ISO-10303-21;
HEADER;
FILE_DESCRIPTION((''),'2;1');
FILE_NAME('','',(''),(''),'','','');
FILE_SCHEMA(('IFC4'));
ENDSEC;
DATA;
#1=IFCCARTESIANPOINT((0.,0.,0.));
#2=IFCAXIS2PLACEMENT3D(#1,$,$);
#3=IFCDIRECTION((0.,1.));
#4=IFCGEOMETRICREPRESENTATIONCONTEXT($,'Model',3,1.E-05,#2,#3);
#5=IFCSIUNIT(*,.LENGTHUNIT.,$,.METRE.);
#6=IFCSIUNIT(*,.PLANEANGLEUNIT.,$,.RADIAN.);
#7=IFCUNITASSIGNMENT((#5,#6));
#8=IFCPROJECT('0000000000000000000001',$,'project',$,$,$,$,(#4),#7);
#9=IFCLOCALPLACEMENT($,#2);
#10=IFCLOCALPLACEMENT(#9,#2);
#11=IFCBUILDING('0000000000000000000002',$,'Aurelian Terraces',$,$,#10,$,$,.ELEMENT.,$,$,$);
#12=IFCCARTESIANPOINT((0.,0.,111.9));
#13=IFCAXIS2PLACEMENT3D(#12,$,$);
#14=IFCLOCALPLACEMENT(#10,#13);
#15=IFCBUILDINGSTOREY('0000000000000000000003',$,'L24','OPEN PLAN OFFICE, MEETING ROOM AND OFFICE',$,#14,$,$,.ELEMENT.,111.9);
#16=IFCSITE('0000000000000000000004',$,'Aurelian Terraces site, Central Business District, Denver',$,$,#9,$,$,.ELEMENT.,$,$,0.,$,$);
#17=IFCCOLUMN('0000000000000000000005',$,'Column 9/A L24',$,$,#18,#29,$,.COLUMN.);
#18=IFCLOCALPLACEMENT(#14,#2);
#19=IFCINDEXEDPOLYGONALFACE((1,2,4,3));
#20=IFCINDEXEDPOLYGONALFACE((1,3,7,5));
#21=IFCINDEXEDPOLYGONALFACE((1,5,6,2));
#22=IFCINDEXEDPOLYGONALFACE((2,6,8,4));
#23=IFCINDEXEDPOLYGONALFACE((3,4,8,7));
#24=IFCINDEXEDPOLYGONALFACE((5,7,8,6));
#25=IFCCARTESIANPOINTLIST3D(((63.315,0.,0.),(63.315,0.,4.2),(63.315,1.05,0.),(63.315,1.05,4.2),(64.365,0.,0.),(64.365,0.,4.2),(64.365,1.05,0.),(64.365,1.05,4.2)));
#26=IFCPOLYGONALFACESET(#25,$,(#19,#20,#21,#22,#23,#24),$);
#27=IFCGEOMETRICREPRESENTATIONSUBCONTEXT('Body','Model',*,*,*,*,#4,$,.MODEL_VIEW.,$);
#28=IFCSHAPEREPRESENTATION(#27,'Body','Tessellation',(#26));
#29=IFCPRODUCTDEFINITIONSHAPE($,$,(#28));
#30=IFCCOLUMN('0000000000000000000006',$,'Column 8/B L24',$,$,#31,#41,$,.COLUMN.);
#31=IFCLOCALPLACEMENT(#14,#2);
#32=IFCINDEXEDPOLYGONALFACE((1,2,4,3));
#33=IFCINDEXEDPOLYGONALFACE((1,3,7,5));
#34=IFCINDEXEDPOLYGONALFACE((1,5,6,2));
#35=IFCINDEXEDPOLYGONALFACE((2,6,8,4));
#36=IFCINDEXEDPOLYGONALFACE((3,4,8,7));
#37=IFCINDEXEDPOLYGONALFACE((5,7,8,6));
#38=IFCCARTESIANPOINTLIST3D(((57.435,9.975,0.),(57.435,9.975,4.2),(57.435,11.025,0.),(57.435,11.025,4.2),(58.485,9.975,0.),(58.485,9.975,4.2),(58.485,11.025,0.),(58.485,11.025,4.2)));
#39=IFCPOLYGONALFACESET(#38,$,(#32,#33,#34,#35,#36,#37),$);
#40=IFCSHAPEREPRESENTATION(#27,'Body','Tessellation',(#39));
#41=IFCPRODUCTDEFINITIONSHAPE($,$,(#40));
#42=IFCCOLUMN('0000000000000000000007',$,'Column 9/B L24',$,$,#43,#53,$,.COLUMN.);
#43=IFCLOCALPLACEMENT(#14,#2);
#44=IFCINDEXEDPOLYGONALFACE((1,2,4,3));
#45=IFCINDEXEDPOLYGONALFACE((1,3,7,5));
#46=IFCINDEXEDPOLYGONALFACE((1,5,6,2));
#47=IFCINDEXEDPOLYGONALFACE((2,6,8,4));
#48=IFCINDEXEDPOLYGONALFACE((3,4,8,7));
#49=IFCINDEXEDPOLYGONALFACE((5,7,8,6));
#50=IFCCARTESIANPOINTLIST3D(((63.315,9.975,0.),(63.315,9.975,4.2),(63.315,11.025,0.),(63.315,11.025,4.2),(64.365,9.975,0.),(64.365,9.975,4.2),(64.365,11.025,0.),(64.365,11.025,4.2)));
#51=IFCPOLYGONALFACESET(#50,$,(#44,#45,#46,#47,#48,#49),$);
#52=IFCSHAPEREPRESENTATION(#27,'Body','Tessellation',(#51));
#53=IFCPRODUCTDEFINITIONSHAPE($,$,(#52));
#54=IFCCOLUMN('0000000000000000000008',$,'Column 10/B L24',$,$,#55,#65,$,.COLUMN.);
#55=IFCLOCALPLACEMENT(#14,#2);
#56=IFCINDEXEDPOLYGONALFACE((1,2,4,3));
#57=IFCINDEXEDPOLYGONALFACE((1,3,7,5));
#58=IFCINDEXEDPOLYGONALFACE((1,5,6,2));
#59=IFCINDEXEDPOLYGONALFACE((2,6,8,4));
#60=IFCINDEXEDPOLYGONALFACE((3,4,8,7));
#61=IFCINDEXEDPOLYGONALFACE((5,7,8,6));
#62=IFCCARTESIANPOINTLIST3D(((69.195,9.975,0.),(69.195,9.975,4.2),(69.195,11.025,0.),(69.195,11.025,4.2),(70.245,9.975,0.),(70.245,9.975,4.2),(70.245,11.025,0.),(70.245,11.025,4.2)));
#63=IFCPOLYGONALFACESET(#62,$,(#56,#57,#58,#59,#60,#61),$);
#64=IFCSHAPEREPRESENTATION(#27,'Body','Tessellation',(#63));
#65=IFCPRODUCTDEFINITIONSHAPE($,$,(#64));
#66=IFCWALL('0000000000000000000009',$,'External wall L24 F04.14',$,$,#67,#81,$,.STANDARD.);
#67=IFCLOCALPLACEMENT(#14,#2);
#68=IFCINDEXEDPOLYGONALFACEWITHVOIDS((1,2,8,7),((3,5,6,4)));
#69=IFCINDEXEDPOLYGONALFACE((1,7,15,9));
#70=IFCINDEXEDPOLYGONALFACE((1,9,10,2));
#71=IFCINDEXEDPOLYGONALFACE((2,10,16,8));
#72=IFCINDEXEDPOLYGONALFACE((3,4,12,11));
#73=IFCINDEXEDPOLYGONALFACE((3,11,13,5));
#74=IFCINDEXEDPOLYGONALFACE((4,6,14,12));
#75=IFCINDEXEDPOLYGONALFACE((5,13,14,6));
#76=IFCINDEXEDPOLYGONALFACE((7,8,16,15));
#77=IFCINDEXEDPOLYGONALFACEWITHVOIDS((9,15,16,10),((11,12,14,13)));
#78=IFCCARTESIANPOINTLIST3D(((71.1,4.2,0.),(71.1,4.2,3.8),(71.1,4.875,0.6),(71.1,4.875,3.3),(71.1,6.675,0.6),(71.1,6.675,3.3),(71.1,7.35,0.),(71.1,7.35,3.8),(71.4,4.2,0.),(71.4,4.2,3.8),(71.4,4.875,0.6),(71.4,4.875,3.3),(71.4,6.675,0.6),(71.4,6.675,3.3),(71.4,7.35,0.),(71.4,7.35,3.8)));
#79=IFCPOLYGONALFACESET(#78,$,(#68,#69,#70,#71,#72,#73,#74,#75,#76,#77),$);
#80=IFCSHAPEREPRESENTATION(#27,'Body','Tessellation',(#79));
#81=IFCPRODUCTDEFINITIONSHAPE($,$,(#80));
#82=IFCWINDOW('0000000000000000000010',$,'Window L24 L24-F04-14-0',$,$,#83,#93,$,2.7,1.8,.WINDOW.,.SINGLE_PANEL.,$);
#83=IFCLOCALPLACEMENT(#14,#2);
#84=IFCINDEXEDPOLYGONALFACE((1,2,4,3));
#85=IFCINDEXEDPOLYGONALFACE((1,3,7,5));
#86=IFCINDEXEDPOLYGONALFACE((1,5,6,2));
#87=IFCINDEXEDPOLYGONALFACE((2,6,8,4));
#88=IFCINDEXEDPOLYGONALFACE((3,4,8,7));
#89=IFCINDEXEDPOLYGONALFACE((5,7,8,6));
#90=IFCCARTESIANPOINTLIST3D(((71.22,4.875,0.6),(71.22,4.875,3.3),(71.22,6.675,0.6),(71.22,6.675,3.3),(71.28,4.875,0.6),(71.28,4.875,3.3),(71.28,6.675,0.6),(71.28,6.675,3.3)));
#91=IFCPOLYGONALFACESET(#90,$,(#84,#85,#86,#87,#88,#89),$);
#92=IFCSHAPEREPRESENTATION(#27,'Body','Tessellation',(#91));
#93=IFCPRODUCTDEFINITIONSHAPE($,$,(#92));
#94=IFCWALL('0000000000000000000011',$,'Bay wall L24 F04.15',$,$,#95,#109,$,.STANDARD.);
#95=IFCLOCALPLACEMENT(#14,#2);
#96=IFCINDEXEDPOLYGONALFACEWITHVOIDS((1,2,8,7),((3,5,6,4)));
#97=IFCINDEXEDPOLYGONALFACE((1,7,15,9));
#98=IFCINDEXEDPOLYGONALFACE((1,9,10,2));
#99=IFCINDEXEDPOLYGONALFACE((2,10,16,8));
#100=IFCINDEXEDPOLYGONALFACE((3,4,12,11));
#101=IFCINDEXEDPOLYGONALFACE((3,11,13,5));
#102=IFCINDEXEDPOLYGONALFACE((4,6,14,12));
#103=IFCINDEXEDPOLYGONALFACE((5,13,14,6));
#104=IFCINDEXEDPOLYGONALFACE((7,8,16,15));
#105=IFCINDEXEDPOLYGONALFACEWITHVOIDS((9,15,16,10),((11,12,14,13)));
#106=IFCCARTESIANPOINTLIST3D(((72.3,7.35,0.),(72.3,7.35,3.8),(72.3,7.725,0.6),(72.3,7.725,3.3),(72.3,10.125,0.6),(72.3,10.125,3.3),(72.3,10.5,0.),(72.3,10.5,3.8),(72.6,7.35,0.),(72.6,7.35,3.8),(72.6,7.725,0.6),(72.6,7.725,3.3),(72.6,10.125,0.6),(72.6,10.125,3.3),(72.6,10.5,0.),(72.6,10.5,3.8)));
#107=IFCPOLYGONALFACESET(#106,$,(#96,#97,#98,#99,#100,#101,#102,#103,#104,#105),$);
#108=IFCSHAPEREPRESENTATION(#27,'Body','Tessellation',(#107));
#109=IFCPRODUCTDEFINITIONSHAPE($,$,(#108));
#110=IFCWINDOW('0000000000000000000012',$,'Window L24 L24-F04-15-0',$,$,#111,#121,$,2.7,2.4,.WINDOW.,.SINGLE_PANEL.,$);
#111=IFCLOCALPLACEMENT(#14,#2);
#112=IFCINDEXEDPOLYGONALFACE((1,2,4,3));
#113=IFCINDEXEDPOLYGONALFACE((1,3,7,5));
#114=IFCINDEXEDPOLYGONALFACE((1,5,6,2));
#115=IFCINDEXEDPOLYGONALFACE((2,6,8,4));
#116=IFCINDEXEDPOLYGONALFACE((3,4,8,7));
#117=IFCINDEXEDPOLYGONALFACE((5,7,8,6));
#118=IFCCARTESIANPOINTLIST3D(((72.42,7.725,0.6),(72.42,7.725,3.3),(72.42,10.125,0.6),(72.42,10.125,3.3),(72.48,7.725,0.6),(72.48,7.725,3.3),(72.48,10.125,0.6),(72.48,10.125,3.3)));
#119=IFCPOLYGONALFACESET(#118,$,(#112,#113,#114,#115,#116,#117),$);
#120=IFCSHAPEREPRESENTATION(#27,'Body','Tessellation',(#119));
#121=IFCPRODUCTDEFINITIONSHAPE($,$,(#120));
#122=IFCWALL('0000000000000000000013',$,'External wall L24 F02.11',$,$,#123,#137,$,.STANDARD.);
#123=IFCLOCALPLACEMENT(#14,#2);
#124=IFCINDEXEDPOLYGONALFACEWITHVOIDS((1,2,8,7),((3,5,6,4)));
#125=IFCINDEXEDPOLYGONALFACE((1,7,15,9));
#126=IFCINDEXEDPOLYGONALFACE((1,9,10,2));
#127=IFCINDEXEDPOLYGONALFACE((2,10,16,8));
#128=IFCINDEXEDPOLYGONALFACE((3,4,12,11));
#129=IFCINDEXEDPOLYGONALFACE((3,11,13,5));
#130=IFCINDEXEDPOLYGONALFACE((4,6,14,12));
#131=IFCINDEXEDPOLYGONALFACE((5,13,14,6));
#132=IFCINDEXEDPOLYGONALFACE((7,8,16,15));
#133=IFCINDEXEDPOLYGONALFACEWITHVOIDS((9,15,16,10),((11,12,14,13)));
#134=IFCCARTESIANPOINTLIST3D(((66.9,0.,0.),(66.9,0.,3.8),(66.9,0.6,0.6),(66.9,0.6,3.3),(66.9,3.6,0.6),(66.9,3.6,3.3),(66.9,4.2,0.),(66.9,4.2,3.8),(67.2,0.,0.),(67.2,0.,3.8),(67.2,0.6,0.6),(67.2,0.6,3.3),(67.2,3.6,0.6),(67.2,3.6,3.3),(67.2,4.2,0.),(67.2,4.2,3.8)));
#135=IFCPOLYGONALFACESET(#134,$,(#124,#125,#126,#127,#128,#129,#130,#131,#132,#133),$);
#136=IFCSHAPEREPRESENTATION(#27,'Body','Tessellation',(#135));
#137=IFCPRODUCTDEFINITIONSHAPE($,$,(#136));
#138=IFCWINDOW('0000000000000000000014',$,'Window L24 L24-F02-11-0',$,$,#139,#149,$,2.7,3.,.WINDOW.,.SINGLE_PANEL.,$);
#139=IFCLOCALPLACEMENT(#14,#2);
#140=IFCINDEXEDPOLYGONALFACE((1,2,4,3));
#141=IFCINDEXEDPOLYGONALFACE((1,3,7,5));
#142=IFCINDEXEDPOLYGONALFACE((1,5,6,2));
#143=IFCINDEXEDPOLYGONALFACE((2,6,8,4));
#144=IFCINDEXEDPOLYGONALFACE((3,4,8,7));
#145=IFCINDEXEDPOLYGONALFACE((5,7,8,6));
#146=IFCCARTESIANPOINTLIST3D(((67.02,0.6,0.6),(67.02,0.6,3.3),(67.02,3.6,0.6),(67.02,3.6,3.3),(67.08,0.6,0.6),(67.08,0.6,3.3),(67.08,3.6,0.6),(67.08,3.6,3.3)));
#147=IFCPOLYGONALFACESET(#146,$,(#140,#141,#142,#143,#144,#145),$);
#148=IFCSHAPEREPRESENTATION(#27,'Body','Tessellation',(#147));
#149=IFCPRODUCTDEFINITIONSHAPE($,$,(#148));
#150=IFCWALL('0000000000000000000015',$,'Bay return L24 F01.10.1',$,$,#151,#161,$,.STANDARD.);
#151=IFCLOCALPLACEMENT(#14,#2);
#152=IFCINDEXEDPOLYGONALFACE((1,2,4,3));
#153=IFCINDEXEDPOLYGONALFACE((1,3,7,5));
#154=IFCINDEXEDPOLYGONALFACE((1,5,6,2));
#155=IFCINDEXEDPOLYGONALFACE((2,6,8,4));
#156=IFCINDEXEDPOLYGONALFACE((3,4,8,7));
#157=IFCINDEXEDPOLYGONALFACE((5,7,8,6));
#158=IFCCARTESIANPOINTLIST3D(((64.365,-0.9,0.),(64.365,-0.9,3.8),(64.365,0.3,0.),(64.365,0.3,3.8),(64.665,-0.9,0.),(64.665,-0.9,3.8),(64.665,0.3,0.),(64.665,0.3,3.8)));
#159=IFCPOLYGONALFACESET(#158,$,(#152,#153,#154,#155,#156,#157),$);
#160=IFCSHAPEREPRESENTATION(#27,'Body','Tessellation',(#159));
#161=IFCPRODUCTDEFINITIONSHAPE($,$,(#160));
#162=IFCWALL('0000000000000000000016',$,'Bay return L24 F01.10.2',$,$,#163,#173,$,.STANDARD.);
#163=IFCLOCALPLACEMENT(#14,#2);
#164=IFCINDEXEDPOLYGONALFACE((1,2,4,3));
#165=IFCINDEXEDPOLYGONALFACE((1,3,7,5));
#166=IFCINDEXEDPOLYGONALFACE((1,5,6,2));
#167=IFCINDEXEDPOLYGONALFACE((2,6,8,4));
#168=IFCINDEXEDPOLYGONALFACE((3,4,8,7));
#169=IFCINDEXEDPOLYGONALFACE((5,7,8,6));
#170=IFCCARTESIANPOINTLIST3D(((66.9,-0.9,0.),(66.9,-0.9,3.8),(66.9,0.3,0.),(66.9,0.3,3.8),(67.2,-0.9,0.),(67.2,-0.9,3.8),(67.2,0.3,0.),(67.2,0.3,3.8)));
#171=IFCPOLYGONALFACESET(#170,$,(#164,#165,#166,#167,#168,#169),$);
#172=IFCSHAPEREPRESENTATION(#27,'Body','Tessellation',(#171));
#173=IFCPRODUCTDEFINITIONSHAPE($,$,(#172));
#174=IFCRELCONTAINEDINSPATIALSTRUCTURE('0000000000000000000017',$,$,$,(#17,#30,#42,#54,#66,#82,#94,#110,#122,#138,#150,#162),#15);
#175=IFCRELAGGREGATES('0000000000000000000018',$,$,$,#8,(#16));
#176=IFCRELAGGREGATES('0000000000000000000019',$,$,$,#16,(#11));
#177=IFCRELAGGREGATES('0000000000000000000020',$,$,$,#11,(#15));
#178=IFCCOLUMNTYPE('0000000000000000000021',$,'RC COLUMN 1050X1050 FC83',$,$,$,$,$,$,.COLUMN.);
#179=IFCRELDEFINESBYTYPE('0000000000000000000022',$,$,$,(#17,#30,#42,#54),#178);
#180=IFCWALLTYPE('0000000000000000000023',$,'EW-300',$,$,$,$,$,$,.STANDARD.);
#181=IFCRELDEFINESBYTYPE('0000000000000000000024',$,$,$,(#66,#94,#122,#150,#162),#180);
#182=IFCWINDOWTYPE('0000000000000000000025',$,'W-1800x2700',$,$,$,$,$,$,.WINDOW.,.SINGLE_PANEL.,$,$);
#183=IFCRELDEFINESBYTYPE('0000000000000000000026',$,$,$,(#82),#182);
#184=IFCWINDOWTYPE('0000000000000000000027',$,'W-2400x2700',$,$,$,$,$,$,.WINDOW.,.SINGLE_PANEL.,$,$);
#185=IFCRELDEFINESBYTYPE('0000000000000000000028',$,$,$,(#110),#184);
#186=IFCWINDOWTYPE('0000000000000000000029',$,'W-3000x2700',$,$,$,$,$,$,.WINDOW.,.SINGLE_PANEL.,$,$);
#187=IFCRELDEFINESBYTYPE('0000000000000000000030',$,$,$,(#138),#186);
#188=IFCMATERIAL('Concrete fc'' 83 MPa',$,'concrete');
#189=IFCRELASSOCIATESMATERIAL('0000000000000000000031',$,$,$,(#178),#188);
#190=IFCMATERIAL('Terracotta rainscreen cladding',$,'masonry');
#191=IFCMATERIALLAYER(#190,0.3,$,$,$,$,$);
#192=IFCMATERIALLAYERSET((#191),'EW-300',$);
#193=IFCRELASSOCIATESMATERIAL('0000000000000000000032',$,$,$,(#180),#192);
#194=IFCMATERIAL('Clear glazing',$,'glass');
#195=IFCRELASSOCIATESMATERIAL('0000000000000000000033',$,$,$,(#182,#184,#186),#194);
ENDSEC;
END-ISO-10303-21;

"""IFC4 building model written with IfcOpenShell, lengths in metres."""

from ifc_helpers import new_model, si_unit, direction, frame, frame_2d, origin, origin_2d, place, context, subcontext, project, spatial, rectangle, extrude, source, transform, mapped, material, layer, layer_set, material_profile, profile_set, type_object, element, fill, save


model = new_model("IFC4")

# Units and contexts
model_context = context("Model", 3, precision=1e-05, world=origin(), true_north=direction((0.0, 1.0)))
body_context = subcontext(model_context, "Body", "Model", "MODEL_VIEW")
ifc_project = project(units=[si_unit("LENGTHUNIT", "METRE"), si_unit("PLANEANGLEUNIT", "RADIAN")], contexts=[model_context])

# Site, building, storey
site_placement = place(None, origin())
site = spatial("IfcSite", under=ifc_project, at=site_placement, Name="Aurelian Terraces site, Central Business District, Denver", CompositionType="ELEMENT", RefElevation=0.0)
building_placement = place(site_placement, origin())
building = spatial("IfcBuilding", under=site, at=building_placement, Name="Aurelian Terraces", CompositionType="ELEMENT")
storey_placement = place(building_placement, frame((0.0, 0.0, 111.9)))
storey = spatial("IfcBuildingStorey", under=building, at=storey_placement, Name="L24", Description="OPEN PLAN OFFICE, MEETING ROOM AND OFFICE", CompositionType="ELEMENT", Elevation=111.9)

# Columns
ifc_material_1 = material(Name="Concrete fc' 83 MPa", Category="concrete")
ifc_material_profile = material_profile(ifc_material_1, rectangle(XDim=1.05, YDim=1.05, at=origin_2d()))
ifc_profile_set = profile_set([ifc_material_profile], Name="Concrete fc' 83 MPa")
column_type = type_object("IfcColumnType", Name="RC COLUMN 1050X1050 FC83", PredefinedType="COLUMN", material=ifc_profile_set)
shared_shape_1 = source(origin(), body_context, "Body", "SweptSolid", [
    extrude(rectangle(XDim=1.05, YDim=1.05, at=origin_2d()), origin(), (0.0, 0.0, 1.0), 4.2),
])
for number, where, z_axis, x_axis, name in (
    (1, (63.84, 0.525, 0.0), (0.0, 0.0, 1.0), (1.0, 0.0, 0.0), "Column 9/A L24"),
    (2, (57.96, 10.5, 0.0), (0.0, 0.0, 1.0), (1.0, 0.0, 0.0), "Column 8/B L24"),
    (3, (63.84, 10.5, 0.0), (0.0, 0.0, 1.0), (1.0, 0.0, 0.0), "Column 9/B L24"),
    (4, (69.72, 10.5, 0.0), (0.0, 0.0, 1.0), (1.0, 0.0, 0.0), "Column 10/B L24"),
):
    element("IfcColumn", number, at=place(storey_placement, frame(where, z_axis=z_axis, x_axis=x_axis)), inside=storey, type_object=column_type, Name=name, PredefinedType="COLUMN", context=body_context, shape_type="MappedRepresentation", body=[
        mapped(shared_shape_1, transform((0.0, 0.0, 0.0), scale=1.0)),
    ])

# Walls, openings, windows
ifc_material_2 = material(Name="Terracotta rainscreen cladding", Category="masonry")
ifc_layer_1 = layer(ifc_material_2, 0.3)
ifc_layer_set_1 = layer_set([ifc_layer_1], Name="EW-300")
wall_type_1 = type_object("IfcWallType", Name="EW-300", PredefinedType="STANDARD", material=ifc_layer_set_1)
shared_shape_2 = source(origin(), body_context, "Body", "SweptSolid", [
    extrude(rectangle(XDim=3.15, YDim=0.3, at=frame_2d((1.575, 0.0))), origin(), (0.0, 0.0, 1.0), 3.8),
])
wall_1_placement = place(storey_placement, frame((71.25, 4.2, 0.0), z_axis=(0.0, 0.0, 1.0), x_axis=(0.0, 1.0, 0.0)))
wall_1 = element("IfcWall", 5, at=wall_1_placement, inside=storey, type_object=wall_type_1, Name="External wall L24 F04.14", PredefinedType="STANDARD", context=body_context, shape_type="MappedRepresentation", body=[
    mapped(shared_shape_2, transform((0.0, 0.0, 0.0), scale=1.0)),
])
shared_shape_3 = source(origin(), body_context, "Body", "SweptSolid", [
    extrude(rectangle(XDim=1.8, YDim=2.7, at=frame_2d((0.9, 1.35))), frame((0.0, 0.16, 0.0), z_axis=(0.0, -1.0, 0.0), x_axis=(1.0, 0.0, 0.0)), (0.0, 0.0, 1.0), 0.32),
])
opening_1_placement = place(wall_1_placement, frame((0.675, 0.0, 0.6)))
opening_1 = element("IfcOpeningElement", 6, at=opening_1_placement, cuts=wall_1, PredefinedType="OPENING", context=body_context, shape_type="MappedRepresentation", body=[
    mapped(shared_shape_3, transform((0.0, 0.0, 0.0), scale=1.0)),
])
ifc_material_3 = material(Name="Clear glazing", Category="glass")
window_type_1 = type_object("IfcWindowType", Name="W-1800x2700", PartitioningType="SINGLE_PANEL", PredefinedType="WINDOW", material=ifc_material_3)
shared_shape_4 = source(origin(), body_context, "Body", "SweptSolid", [
    extrude(rectangle(XDim=1.8, YDim=2.7, at=frame_2d((0.9, 1.35))), frame((0.0, 0.03, 0.0), z_axis=(0.0, -1.0, 0.0), x_axis=(1.0, 0.0, 0.0)), (0.0, 0.0, 1.0), 0.06),
])
window_1_placement = place(opening_1_placement, origin())
window_1 = element("IfcWindow", 7, at=window_1_placement, inside=storey, type_object=window_type_1, Name="Window L24 L24-F04-14-0", OverallHeight=2.7, OverallWidth=1.8, PartitioningType="SINGLE_PANEL", PredefinedType="WINDOW", context=body_context, shape_type="MappedRepresentation", body=[
    mapped(shared_shape_4, transform((0.0, 0.0, 0.0), scale=1.0)),
])
fill(opening_1, window_1)
wall_2_placement = place(storey_placement, frame((72.45, 7.35, 0.0), z_axis=(0.0, 0.0, 1.0), x_axis=(0.0, 1.0, 0.0)))
wall_2 = element("IfcWall", 8, at=wall_2_placement, inside=storey, type_object=wall_type_1, Name="Bay wall L24 F04.15", PredefinedType="STANDARD", context=body_context, shape_type="MappedRepresentation", body=[
    mapped(shared_shape_2, transform((0.0, 0.0, 0.0), scale=1.0)),
])
shared_shape_5 = source(origin(), body_context, "Body", "SweptSolid", [
    extrude(rectangle(XDim=2.4, YDim=2.7, at=frame_2d((1.2, 1.35))), frame((0.0, 0.16, 0.0), z_axis=(0.0, -1.0, 0.0), x_axis=(1.0, 0.0, 0.0)), (0.0, 0.0, 1.0), 0.32),
])
opening_2_placement = place(wall_2_placement, frame((0.375, 0.0, 0.6)))
opening_2 = element("IfcOpeningElement", 9, at=opening_2_placement, cuts=wall_2, PredefinedType="OPENING", context=body_context, shape_type="MappedRepresentation", body=[
    mapped(shared_shape_5, transform((0.0, 0.0, 0.0), scale=1.0)),
])
window_type_2 = type_object("IfcWindowType", Name="W-2400x2700", PartitioningType="SINGLE_PANEL", PredefinedType="WINDOW", material=ifc_material_3)
shared_shape_6 = source(origin(), body_context, "Body", "SweptSolid", [
    extrude(rectangle(XDim=2.4, YDim=2.7, at=frame_2d((1.2, 1.35))), frame((0.0, 0.03, 0.0), z_axis=(0.0, -1.0, 0.0), x_axis=(1.0, 0.0, 0.0)), (0.0, 0.0, 1.0), 0.06),
])
window_2_placement = place(opening_2_placement, origin())
window_2 = element("IfcWindow", 10, at=window_2_placement, inside=storey, type_object=window_type_2, Name="Window L24 L24-F04-15-0", OverallHeight=2.7, OverallWidth=2.4, PartitioningType="SINGLE_PANEL", PredefinedType="WINDOW", context=body_context, shape_type="MappedRepresentation", body=[
    mapped(shared_shape_6, transform((0.0, 0.0, 0.0), scale=1.0)),
])
fill(opening_2, window_2)
shared_shape_7 = source(origin(), body_context, "Body", "SweptSolid", [
    extrude(rectangle(XDim=4.2, YDim=0.3, at=frame_2d((2.1, 0.0))), origin(), (0.0, 0.0, 1.0), 3.8),
])
wall_3_placement = place(storey_placement, frame((67.05, 0.0, 0.0), z_axis=(0.0, 0.0, 1.0), x_axis=(0.0, 1.0, 0.0)))
wall_3 = element("IfcWall", 11, at=wall_3_placement, inside=storey, type_object=wall_type_1, Name="External wall L24 F02.11", PredefinedType="STANDARD", context=body_context, shape_type="MappedRepresentation", body=[
    mapped(shared_shape_7, transform((0.0, 0.0, 0.0), scale=1.0)),
])
shared_shape_8 = source(origin(), body_context, "Body", "SweptSolid", [
    extrude(rectangle(XDim=3.0, YDim=2.7, at=frame_2d((1.5, 1.35))), frame((0.0, 0.16, 0.0), z_axis=(0.0, -1.0, 0.0), x_axis=(1.0, 0.0, 0.0)), (0.0, 0.0, 1.0), 0.32),
])
opening_3_placement = place(wall_3_placement, frame((0.6, 0.0, 0.6)))
opening_3 = element("IfcOpeningElement", 12, at=opening_3_placement, cuts=wall_3, PredefinedType="OPENING", context=body_context, shape_type="MappedRepresentation", body=[
    mapped(shared_shape_8, transform((0.0, 0.0, 0.0), scale=1.0)),
])
window_type_3 = type_object("IfcWindowType", Name="W-3000x2700", PartitioningType="SINGLE_PANEL", PredefinedType="WINDOW", material=ifc_material_3)
shared_shape_9 = source(origin(), body_context, "Body", "SweptSolid", [
    extrude(rectangle(XDim=3.0, YDim=2.7, at=frame_2d((1.5, 1.35))), frame((0.0, 0.03, 0.0), z_axis=(0.0, -1.0, 0.0), x_axis=(1.0, 0.0, 0.0)), (0.0, 0.0, 1.0), 0.06),
])
window_3_placement = place(opening_3_placement, origin())
window_3 = element("IfcWindow", 13, at=window_3_placement, inside=storey, type_object=window_type_3, Name="Window L24 L24-F02-11-0", OverallHeight=2.7, OverallWidth=3.0, PartitioningType="SINGLE_PANEL", PredefinedType="WINDOW", context=body_context, shape_type="MappedRepresentation", body=[
    mapped(shared_shape_9, transform((0.0, 0.0, 0.0), scale=1.0)),
])
fill(opening_3, window_3)

# Walls
shared_shape_10 = source(origin(), body_context, "Body", "SweptSolid", [
    extrude(rectangle(XDim=1.2, YDim=0.3, at=frame_2d((0.6, 0.0))), origin(), (0.0, 0.0, 1.0), 3.8),
])
for number, where, z_axis, x_axis, name in (
    (14, (64.515, 0.3, 0.0), (0.0, 0.0, 1.0), (0.0, -1.0, 0.0), "Bay return L24 F01.10.1"),
    (15, (67.05, 0.3, 0.0), (0.0, 0.0, 1.0), (0.0, -1.0, 0.0), "Bay return L24 F01.10.2"),
):
    element("IfcWall", number, at=place(storey_placement, frame(where, z_axis=z_axis, x_axis=x_axis)), inside=storey, type_object=wall_type_1, Name=name, PredefinedType="STANDARD", context=body_context, shape_type="MappedRepresentation", body=[
        mapped(shared_shape_10, transform((0.0, 0.0, 0.0), scale=1.0)),
    ])

save(model, "model.ifc")
